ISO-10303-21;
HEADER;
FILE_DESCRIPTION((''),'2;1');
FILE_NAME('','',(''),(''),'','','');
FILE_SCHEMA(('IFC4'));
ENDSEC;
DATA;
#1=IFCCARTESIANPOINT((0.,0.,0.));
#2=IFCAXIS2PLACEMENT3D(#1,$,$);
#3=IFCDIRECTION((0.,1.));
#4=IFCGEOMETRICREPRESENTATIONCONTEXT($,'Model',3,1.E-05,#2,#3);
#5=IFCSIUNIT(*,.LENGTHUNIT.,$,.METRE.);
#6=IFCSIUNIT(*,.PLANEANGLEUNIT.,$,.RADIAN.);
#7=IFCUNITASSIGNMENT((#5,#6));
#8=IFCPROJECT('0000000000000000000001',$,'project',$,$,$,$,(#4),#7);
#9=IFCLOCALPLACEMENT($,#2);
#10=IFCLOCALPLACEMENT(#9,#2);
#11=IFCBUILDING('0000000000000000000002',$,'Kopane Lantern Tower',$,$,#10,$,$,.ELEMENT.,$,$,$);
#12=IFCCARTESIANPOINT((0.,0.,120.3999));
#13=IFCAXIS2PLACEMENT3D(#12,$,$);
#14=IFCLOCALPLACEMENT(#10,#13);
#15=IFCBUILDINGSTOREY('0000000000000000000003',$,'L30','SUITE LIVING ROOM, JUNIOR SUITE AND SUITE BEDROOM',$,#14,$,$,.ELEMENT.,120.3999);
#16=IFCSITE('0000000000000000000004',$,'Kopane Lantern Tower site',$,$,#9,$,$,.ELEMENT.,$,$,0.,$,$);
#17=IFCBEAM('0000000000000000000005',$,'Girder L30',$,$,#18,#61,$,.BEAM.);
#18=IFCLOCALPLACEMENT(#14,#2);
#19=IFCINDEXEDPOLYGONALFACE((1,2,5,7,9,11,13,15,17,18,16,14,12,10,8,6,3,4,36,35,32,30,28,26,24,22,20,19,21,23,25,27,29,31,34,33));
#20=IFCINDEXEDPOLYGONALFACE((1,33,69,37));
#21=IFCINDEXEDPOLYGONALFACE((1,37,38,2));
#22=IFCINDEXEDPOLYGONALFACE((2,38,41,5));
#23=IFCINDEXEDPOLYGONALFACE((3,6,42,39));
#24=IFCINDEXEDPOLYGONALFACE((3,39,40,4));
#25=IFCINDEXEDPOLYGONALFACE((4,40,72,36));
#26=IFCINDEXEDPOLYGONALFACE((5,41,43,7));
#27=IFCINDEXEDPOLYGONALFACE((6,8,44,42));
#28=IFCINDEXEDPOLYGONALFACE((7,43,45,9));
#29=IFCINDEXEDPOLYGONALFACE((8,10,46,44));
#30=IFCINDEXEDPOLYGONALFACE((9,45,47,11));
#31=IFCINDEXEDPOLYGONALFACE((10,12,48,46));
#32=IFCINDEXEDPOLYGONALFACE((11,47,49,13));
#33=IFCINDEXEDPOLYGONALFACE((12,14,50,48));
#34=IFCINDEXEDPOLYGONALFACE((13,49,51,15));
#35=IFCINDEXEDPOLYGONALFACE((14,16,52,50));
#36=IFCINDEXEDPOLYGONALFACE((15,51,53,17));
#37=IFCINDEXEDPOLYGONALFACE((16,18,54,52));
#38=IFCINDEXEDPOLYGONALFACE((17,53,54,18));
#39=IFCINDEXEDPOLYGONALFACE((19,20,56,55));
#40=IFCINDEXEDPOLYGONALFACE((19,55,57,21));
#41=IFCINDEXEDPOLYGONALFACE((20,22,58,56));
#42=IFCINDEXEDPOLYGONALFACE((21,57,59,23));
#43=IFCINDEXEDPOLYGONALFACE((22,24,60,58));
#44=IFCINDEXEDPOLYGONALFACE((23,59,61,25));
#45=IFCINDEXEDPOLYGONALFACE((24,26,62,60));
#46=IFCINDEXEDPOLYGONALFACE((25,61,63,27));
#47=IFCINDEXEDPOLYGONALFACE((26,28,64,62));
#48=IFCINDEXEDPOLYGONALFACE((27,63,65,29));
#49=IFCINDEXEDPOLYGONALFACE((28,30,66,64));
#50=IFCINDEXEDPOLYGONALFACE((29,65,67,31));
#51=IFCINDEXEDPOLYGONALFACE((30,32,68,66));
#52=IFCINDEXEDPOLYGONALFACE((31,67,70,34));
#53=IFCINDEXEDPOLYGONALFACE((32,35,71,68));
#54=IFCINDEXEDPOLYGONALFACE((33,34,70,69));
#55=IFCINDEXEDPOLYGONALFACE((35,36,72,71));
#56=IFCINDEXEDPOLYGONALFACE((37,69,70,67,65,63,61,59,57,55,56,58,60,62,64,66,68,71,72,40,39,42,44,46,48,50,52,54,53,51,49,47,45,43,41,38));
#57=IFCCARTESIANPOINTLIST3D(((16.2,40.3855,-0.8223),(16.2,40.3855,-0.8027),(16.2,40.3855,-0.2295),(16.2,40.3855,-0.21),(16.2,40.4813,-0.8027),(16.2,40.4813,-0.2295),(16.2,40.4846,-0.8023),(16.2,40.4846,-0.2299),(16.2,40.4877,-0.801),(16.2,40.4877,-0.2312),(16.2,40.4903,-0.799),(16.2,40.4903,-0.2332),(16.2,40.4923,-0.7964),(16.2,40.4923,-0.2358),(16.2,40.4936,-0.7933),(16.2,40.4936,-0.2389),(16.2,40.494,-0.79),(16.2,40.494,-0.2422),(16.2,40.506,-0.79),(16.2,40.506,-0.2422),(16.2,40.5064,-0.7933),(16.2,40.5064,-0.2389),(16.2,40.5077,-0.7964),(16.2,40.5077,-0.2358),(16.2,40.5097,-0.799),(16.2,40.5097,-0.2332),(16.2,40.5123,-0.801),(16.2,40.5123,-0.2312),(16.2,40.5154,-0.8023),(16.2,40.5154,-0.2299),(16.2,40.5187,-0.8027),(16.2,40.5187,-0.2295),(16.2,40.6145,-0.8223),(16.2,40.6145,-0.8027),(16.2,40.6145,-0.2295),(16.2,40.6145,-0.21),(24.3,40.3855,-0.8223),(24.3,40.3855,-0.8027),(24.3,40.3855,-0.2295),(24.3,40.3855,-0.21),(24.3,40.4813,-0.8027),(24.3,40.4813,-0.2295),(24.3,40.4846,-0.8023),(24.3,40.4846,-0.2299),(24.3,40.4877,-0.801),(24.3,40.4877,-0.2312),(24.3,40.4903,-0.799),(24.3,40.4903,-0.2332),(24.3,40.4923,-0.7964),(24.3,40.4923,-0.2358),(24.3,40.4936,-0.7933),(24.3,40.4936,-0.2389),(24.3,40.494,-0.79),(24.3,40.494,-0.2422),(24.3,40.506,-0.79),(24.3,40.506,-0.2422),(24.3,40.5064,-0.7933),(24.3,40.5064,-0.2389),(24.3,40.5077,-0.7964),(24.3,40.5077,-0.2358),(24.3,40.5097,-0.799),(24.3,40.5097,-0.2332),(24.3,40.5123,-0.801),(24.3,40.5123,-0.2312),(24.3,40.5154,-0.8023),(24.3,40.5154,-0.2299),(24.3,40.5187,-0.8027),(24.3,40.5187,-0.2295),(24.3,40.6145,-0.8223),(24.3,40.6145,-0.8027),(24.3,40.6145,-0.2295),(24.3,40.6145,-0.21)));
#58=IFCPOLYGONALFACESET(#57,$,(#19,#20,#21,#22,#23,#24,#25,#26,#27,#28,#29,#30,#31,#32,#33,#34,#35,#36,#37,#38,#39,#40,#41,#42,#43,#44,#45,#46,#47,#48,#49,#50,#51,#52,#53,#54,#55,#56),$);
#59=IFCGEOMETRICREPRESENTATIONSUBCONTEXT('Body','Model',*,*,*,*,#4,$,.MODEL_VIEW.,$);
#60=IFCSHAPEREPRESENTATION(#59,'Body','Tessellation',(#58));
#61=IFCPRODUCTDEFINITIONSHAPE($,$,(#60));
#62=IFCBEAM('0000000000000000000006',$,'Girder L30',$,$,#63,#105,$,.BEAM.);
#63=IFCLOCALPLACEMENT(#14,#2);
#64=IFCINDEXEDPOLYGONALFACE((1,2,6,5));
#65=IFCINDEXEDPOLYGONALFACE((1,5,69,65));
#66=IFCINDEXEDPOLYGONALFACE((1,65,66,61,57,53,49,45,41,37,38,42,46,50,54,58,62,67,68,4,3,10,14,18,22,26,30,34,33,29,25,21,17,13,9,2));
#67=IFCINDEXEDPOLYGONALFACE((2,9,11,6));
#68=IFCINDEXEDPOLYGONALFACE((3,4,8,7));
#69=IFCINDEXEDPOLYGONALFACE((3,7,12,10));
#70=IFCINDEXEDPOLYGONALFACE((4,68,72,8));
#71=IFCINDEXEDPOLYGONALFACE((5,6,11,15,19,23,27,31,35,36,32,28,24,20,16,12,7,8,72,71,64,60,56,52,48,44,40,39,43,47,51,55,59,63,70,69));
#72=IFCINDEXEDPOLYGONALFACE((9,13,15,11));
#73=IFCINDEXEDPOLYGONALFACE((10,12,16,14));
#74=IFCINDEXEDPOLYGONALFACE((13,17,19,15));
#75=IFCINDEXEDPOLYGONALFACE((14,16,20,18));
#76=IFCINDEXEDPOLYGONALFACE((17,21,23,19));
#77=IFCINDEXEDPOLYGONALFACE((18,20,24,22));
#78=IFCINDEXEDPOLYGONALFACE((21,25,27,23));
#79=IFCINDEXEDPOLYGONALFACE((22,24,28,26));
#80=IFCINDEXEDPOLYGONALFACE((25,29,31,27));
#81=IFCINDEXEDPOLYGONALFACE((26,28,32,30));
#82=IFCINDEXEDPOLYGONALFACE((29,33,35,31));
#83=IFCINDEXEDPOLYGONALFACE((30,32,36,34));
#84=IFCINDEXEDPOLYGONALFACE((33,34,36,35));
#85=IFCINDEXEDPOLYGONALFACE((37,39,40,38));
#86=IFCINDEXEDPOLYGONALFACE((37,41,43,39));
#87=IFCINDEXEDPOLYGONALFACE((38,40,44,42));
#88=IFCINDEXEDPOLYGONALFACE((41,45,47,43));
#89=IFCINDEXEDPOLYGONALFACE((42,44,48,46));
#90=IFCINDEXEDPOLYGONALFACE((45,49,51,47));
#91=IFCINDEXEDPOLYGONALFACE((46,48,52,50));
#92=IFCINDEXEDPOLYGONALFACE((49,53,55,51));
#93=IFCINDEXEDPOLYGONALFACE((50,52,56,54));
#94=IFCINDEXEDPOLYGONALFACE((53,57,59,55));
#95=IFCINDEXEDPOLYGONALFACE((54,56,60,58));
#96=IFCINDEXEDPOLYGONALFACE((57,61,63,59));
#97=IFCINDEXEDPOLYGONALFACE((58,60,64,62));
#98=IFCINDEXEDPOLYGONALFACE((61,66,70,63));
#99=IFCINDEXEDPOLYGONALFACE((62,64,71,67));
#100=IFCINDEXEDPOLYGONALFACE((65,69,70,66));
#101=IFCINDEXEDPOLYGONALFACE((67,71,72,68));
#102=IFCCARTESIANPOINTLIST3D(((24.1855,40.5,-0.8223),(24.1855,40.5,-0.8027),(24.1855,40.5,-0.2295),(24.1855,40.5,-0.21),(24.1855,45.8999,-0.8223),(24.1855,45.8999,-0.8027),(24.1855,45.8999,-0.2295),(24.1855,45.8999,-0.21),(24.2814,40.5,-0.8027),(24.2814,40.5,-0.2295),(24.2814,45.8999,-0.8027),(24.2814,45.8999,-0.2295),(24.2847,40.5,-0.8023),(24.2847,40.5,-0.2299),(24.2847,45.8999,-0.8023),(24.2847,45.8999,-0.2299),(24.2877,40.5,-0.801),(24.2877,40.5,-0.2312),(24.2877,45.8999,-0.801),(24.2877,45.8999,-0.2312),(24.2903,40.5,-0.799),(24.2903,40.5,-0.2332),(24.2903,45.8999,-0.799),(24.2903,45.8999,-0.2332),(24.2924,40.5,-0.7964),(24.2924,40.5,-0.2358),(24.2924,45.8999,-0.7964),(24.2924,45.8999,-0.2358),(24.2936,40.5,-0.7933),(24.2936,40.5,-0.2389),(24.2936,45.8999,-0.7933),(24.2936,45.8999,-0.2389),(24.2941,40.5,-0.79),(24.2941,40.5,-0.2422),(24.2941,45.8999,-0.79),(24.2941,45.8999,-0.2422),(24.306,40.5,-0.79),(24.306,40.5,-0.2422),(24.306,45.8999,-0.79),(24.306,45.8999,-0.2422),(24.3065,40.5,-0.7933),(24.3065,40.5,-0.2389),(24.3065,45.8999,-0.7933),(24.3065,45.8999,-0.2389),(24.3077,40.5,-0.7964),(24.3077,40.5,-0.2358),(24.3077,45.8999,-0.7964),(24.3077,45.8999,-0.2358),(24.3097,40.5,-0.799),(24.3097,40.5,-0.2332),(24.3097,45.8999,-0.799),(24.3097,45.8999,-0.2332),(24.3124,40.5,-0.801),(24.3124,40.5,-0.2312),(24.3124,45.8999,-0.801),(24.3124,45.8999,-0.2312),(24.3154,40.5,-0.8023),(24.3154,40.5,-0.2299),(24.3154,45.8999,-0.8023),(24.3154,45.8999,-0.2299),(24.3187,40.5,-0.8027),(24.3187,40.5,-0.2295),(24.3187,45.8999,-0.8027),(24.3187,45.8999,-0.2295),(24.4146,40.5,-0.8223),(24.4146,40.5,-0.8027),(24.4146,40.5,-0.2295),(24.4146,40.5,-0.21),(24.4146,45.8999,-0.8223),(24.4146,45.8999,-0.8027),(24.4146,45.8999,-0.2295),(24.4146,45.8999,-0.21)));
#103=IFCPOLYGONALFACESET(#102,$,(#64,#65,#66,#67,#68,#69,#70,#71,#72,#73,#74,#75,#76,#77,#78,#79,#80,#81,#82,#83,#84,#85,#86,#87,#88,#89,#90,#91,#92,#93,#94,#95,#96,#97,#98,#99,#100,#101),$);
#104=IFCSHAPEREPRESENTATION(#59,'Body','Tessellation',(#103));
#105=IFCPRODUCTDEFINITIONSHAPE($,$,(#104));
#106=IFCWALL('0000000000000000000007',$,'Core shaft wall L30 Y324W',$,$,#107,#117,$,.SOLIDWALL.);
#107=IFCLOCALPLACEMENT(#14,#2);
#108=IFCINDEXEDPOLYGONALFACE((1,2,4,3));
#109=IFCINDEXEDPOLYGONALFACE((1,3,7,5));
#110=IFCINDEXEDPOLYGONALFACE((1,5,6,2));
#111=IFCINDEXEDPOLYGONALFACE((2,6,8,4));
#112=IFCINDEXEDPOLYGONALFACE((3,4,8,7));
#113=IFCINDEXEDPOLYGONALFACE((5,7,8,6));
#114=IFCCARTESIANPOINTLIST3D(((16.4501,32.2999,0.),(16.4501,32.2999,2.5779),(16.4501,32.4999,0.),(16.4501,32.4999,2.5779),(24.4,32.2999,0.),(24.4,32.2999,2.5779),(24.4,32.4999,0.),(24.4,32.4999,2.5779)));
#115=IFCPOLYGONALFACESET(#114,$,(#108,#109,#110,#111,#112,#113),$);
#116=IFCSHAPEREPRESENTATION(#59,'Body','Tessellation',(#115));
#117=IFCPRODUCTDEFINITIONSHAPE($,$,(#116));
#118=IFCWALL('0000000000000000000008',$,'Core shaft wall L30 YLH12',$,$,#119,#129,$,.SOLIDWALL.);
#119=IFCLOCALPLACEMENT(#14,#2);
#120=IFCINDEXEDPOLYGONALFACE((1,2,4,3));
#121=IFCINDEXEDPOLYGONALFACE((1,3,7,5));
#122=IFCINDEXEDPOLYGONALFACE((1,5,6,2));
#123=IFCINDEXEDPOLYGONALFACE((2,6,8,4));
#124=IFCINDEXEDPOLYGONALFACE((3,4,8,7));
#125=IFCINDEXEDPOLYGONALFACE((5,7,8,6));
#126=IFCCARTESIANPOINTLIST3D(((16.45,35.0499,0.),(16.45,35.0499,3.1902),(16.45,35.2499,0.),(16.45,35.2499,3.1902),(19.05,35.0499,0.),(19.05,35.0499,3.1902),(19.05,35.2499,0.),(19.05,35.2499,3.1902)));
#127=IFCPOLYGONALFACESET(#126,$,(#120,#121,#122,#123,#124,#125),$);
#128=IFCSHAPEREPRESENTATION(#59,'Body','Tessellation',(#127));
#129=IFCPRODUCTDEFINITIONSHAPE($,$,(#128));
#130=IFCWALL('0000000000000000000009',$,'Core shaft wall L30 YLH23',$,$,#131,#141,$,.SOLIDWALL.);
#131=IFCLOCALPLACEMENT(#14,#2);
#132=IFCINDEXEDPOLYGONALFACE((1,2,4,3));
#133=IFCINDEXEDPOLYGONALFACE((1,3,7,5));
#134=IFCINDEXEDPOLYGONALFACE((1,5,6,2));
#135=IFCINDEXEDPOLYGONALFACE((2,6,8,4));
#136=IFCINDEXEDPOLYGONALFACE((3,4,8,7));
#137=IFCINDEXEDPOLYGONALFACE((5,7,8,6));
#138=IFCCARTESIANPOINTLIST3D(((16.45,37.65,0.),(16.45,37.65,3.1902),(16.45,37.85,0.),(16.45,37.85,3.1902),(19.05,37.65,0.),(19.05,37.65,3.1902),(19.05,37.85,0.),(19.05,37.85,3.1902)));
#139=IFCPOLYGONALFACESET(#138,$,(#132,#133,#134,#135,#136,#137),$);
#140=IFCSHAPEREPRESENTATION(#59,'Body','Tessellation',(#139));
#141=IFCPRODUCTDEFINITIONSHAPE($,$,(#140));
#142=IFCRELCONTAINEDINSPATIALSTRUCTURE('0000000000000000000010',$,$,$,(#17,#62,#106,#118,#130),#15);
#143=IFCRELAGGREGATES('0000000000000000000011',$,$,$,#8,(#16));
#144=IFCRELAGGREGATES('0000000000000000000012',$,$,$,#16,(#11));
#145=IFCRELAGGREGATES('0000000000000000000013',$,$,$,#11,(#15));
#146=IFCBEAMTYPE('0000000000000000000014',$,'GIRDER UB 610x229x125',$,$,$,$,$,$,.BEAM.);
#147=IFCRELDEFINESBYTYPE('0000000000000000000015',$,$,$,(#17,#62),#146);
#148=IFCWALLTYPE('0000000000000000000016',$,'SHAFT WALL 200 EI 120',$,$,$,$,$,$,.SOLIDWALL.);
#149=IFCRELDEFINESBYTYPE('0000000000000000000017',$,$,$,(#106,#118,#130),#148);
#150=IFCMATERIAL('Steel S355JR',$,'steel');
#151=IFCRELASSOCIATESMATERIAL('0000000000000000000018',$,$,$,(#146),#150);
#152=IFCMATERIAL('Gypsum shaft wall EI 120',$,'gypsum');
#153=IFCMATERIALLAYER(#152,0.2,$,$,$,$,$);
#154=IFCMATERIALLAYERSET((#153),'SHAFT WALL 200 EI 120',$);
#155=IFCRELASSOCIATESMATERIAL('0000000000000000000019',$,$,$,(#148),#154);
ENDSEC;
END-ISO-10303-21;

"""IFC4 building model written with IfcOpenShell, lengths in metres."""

from ifc_helpers import new_model, si_unit, direction, frame, frame_2d, origin, origin_2d, place, context, subcontext, project, spatial, rectangle, i_section, extrude, material, layer, layer_set, material_profile, profile_set, type_object, element, save


model = new_model("IFC4")

# Units and contexts
model_context = context("Model", 3, precision=1e-05, world=origin(), true_north=direction((0.0, 1.0)))
body_context = subcontext(model_context, "Body", "Model", "MODEL_VIEW")
ifc_project = project(units=[si_unit("LENGTHUNIT", "METRE"), si_unit("PLANEANGLEUNIT", "RADIAN")], contexts=[model_context])

# Site, building, storey
site_placement = place(None, origin())
site = spatial("IfcSite", under=ifc_project, at=site_placement, Name="Kopane Lantern Tower site", CompositionType="ELEMENT", RefElevation=0.0)
building_placement = place(site_placement, origin())
building = spatial("IfcBuilding", under=site, at=building_placement, Name="Kopane Lantern Tower", CompositionType="ELEMENT")
storey_placement = place(building_placement, frame((0.0, 0.0, 120.3999)))
storey = spatial("IfcBuildingStorey", under=building, at=storey_placement, Name="L30", Description="SUITE LIVING ROOM, JUNIOR SUITE AND SUITE BEDROOM", CompositionType="ELEMENT", Elevation=120.3999)

# Beams
ifc_material_1 = material(Name="Steel S355JR", Category="steel")
ifc_material_profile_1 = material_profile(ifc_material_1, i_section(OverallWidth=0.229, OverallDepth=0.6123, WebThickness=0.012, FlangeThickness=0.0195, FilletRadius=0.0127, at=origin_2d()), Name="UB 610x229x125")
ifc_profile_set_1 = profile_set([ifc_material_profile_1], Name="Steel S355JR")
beam_type_1 = type_object("IfcBeamType", Name="GIRDER UB 610x229x125", PredefinedType="BEAM", material=ifc_profile_set_1)
beam_1_placement = place(storey_placement, frame((16.2, 40.5, -0.5161), z_axis=(1.0, 0.0, 0.0), x_axis=(0.0, 1.0, 0.0)))
element("IfcBeam", 1, at=beam_1_placement, inside=storey, type_object=beam_type_1, Name="Girder L30", PredefinedType="BEAM", context=body_context, shape_type="SweptSolid", body=[
    extrude(i_section(OverallWidth=0.229, OverallDepth=0.6123, WebThickness=0.012, FlangeThickness=0.0195, FilletRadius=0.0127, at=origin_2d()), origin(), (0.0, 0.0, 1.0), 8.1001),
])
beam_2_placement = place(storey_placement, frame((24.3, 40.5, -0.5161), z_axis=(0.0, 1.0, 0.0), x_axis=(-1.0, 0.0, 0.0)))
element("IfcBeam", 2, at=beam_2_placement, inside=storey, type_object=beam_type_1, Name="Girder L30", PredefinedType="BEAM", context=body_context, shape_type="SweptSolid", body=[
    extrude(i_section(OverallWidth=0.229, OverallDepth=0.6123, WebThickness=0.012, FlangeThickness=0.0195, FilletRadius=0.0127, at=origin_2d()), origin(), (0.0, 0.0, 1.0), 5.3999),
])

# Walls
ifc_material_2 = material(Name="Gypsum shaft wall EI 120", Category="gypsum")
ifc_layer_1 = layer(ifc_material_2, 0.2)
ifc_layer_set_1 = layer_set([ifc_layer_1], Name="SHAFT WALL 200 EI 120")
wall_type_1 = type_object("IfcWallType", Name="SHAFT WALL 200 EI 120", PredefinedType="SOLIDWALL", material=ifc_layer_set_1)
wall_1_placement = place(storey_placement, frame((16.45, 32.3999, 0.0), z_axis=(0.0, 0.0, 1.0), x_axis=(1.0, 0.0, 0.0)))
element("IfcWall", 3, at=wall_1_placement, inside=storey, type_object=wall_type_1, Name="Core shaft wall L30 Y324W", PredefinedType="SOLIDWALL", context=body_context, shape_type="SweptSolid", body=[
    extrude(rectangle(XDim=7.95, YDim=0.2, at=frame_2d((3.9751, 0.0))), origin(), (0.0, 0.0, 1.0), 2.5779),
])
for number, where, z_axis, x_axis, name in (
    (4, (16.45, 35.1499, 0.0), (0.0, 0.0, 1.0), (1.0, 0.0, 0.0), "Core shaft wall L30 YLH12"),
    (5, (16.45, 37.75, 0.0), (0.0, 0.0, 1.0), (1.0, 0.0, 0.0), "Core shaft wall L30 YLH23"),
):
    element("IfcWall", number, at=place(storey_placement, frame(where, z_axis=z_axis, x_axis=x_axis)), inside=storey, type_object=wall_type_1, Name=name, PredefinedType="SOLIDWALL", context=body_context, shape_type="SweptSolid", body=[
        extrude(rectangle(XDim=2.6001, YDim=0.2, at=frame_2d((1.3, 0.0))), origin(), (0.0, 0.0, 1.0), 3.1902),
    ])

save(model, "model.ifc")
